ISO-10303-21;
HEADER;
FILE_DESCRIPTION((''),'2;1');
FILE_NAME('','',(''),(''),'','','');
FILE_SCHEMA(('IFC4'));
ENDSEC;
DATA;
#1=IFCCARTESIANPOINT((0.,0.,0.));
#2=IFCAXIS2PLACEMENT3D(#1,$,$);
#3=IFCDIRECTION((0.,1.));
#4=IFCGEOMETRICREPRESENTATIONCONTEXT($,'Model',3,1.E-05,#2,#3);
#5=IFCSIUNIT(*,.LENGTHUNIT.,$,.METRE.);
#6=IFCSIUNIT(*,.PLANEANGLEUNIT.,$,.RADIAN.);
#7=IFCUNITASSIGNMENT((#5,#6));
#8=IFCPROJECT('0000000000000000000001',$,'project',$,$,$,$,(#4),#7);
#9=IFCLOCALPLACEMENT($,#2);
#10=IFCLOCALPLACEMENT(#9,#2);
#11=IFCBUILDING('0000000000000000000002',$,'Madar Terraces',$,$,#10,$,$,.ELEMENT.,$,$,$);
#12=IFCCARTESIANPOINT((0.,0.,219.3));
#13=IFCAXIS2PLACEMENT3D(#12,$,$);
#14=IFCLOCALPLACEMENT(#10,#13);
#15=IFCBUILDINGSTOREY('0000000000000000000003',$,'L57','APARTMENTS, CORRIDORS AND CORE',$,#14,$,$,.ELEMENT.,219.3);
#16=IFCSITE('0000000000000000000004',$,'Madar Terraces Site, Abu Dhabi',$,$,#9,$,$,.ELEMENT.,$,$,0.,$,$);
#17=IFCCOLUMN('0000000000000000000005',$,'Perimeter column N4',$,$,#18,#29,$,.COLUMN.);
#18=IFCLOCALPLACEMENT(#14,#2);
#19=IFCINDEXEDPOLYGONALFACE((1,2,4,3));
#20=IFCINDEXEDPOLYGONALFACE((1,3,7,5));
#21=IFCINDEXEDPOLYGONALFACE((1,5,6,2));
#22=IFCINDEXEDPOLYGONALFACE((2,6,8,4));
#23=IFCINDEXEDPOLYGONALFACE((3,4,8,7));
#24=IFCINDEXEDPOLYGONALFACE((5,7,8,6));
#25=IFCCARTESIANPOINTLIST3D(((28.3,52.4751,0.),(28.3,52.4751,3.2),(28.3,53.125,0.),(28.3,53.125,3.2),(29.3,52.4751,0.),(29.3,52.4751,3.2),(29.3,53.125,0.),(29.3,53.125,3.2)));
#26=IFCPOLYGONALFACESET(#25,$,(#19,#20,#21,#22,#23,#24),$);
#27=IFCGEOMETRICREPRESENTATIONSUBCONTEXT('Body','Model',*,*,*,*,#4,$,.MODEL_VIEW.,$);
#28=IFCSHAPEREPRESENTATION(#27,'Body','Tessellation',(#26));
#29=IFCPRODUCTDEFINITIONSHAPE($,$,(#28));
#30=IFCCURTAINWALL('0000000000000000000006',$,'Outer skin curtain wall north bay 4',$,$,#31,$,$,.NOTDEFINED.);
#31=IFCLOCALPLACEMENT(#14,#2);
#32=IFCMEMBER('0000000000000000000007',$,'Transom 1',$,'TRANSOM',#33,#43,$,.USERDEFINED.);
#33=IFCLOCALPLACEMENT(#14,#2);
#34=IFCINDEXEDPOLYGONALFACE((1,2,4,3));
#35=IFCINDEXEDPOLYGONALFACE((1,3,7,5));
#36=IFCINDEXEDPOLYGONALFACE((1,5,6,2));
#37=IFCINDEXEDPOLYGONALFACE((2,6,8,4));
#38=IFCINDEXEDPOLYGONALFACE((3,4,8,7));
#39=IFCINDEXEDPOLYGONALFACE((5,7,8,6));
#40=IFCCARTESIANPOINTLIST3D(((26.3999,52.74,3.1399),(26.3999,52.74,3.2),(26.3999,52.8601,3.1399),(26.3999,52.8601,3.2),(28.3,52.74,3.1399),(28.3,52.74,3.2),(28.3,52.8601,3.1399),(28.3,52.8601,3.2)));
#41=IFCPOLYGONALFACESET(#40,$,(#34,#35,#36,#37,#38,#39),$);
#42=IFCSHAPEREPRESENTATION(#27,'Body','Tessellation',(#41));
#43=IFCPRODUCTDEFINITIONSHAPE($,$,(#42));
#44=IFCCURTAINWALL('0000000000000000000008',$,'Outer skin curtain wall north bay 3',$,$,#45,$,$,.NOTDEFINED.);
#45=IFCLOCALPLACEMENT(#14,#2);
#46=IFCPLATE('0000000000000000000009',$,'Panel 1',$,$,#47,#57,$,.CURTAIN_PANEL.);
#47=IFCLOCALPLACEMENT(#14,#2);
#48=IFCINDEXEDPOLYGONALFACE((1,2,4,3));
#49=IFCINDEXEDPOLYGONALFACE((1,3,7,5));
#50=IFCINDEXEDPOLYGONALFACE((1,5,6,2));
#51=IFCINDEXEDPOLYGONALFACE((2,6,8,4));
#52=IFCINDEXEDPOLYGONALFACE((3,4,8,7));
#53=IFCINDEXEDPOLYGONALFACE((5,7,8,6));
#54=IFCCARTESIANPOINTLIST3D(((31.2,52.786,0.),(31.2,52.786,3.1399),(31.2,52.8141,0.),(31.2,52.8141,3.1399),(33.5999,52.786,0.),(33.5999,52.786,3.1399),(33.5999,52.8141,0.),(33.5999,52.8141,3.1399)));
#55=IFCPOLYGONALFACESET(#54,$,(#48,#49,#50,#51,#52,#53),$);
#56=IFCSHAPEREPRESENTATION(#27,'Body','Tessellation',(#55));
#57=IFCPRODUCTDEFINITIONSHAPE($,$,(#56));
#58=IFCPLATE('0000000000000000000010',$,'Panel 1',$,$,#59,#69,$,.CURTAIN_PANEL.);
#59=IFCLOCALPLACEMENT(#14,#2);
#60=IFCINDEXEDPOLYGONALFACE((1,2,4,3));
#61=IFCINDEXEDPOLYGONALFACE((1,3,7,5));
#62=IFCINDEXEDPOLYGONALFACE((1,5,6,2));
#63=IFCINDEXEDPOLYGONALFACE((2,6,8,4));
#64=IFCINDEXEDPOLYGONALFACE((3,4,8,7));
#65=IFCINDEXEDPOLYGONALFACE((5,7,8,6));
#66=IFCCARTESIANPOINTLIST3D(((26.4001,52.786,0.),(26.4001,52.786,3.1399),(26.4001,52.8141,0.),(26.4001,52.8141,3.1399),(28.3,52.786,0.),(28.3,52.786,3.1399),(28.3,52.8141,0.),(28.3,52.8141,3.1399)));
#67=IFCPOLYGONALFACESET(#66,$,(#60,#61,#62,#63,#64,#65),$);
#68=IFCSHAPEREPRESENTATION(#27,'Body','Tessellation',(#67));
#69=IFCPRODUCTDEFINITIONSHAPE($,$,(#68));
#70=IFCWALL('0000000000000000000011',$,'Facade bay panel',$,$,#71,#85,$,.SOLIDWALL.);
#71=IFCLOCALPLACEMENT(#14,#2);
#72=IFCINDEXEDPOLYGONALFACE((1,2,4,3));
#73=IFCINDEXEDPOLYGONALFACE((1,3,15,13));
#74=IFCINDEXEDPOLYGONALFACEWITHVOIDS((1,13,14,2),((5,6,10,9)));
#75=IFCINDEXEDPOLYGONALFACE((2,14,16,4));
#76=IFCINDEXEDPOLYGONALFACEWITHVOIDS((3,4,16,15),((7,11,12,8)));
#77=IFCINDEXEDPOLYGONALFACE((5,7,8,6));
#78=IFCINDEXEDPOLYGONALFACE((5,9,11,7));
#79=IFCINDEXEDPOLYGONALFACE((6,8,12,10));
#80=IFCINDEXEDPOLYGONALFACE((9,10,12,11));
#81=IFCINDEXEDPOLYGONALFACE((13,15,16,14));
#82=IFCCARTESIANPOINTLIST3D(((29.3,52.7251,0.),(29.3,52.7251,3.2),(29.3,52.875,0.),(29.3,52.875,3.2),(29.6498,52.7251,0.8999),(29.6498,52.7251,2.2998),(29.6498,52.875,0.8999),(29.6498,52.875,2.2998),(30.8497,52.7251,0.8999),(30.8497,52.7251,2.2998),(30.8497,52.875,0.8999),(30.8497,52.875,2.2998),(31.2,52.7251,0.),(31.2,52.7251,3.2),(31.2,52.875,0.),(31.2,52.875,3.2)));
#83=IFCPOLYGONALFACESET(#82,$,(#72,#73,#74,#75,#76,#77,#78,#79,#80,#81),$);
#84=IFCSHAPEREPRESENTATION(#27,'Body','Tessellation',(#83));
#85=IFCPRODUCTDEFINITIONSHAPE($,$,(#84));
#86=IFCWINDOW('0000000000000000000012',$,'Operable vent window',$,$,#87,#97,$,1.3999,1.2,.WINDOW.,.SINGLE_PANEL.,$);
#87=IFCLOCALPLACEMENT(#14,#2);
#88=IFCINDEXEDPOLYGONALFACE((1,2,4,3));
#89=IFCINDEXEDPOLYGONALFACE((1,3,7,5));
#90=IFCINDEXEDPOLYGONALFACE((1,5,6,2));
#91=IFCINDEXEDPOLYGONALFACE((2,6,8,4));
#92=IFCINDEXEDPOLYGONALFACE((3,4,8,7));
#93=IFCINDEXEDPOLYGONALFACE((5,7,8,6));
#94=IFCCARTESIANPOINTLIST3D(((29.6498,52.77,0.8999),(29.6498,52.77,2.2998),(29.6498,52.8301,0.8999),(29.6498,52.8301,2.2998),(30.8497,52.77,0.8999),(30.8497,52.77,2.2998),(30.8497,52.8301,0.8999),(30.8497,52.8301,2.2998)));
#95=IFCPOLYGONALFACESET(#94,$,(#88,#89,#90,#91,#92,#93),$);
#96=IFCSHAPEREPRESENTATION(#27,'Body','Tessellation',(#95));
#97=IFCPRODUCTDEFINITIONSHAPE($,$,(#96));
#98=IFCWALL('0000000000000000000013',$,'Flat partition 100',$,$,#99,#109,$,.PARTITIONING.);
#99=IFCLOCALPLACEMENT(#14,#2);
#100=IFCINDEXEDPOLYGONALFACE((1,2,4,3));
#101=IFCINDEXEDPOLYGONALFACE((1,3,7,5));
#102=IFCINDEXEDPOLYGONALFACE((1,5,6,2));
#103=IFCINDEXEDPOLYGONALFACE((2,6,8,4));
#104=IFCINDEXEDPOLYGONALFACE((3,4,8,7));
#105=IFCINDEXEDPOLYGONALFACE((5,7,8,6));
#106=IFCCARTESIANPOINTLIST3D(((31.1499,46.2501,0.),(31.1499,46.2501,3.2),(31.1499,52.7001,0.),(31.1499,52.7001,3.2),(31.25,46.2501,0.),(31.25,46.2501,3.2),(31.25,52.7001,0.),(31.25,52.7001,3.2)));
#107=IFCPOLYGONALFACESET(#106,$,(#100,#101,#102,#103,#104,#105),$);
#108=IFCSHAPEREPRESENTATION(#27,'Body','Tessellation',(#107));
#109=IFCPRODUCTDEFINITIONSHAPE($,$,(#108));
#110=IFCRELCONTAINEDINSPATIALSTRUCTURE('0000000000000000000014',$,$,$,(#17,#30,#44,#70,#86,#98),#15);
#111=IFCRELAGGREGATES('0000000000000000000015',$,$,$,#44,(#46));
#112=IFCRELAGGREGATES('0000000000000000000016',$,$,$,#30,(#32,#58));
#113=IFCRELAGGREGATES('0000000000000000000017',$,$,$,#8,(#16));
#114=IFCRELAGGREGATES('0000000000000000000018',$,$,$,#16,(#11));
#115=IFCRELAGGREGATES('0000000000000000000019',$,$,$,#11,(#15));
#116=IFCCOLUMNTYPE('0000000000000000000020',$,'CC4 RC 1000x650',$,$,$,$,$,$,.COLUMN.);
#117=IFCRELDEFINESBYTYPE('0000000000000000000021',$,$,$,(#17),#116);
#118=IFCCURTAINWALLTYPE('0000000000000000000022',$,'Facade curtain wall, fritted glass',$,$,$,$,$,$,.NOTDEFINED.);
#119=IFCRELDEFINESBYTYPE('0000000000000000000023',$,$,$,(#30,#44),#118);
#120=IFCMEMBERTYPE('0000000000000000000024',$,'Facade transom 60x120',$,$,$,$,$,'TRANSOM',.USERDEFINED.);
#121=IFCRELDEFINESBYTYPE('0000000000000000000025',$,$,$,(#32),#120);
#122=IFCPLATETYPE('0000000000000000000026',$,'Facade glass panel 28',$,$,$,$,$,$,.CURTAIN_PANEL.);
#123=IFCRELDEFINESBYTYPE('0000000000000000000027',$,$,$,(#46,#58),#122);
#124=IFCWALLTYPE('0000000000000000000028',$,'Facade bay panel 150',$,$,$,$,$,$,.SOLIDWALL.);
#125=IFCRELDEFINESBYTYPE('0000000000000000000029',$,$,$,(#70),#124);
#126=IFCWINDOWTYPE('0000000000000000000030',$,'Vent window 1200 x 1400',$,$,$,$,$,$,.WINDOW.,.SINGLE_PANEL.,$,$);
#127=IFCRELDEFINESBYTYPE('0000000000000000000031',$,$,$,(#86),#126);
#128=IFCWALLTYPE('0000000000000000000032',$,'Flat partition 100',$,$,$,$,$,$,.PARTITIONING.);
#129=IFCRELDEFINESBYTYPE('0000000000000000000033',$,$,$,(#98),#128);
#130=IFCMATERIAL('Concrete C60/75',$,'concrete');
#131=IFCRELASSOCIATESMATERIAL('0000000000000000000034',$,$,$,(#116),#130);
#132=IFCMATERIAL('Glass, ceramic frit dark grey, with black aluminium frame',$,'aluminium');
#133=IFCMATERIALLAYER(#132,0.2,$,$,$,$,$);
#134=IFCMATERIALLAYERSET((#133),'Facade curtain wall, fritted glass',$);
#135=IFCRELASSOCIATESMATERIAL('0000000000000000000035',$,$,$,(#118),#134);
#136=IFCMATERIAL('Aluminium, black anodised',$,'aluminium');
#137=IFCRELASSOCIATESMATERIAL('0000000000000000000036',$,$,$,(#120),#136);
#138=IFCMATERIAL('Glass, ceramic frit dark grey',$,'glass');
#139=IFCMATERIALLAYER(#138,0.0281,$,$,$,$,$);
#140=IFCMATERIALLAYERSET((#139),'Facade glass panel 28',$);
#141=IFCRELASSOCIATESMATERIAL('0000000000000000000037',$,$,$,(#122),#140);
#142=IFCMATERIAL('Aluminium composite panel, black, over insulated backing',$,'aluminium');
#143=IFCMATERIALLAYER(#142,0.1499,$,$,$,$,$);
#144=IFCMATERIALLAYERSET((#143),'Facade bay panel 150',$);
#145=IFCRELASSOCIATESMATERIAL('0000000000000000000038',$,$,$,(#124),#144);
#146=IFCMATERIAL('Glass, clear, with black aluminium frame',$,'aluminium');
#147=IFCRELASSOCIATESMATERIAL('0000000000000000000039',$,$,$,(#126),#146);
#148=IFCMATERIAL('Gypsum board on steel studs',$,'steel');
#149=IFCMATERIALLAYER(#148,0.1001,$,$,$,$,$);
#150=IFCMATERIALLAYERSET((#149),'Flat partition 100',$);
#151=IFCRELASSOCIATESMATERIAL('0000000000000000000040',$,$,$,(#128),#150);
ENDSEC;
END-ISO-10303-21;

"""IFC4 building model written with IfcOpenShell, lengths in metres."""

from ifc_helpers import new_model, si_unit, direction, frame, frame_2d, origin, origin_2d, place, context, subcontext, project, spatial, rectangle, extrude, material, layer, layer_set, material_profile, profile_set, type_object, element, fill, aggregate, save


model = new_model("IFC4")

# Units and contexts
model_context = context("Model", 3, precision=1e-05, world=origin(), true_north=direction((0.0, 1.0)))
body_context = subcontext(model_context, "Body", "Model", "MODEL_VIEW")
ifc_project = project(units=[si_unit("LENGTHUNIT", "METRE"), si_unit("PLANEANGLEUNIT", "RADIAN")], contexts=[model_context])

# Site, building, storey
site_placement = place(None, origin())
site = spatial("IfcSite", under=ifc_project, at=site_placement, Name="Madar Terraces Site, Abu Dhabi", CompositionType="ELEMENT", RefElevation=0.0)
building_placement = place(site_placement, origin())
building = spatial("IfcBuilding", under=site, at=building_placement, Name="Madar Terraces", CompositionType="ELEMENT")
storey_placement = place(building_placement, frame((0.0, 0.0, 219.3)))
storey = spatial("IfcBuildingStorey", under=building, at=storey_placement, Name="L57", Description="APARTMENTS, CORRIDORS AND CORE", CompositionType="ELEMENT", Elevation=219.3)

# Column
ifc_material_1 = material(Name="Concrete C60/75", Category="concrete")
ifc_material_profile_1 = material_profile(ifc_material_1, rectangle(XDim=1.0, YDim=0.6499, at=origin_2d()), Name="CC4 RC 1000x650")
ifc_profile_set_1 = profile_set([ifc_material_profile_1], Name="Concrete C60/75")
column_type = type_object("IfcColumnType", Name="CC4 RC 1000x650", PredefinedType="COLUMN", material=ifc_profile_set_1)
column_placement = place(storey_placement, frame((28.8, 52.8, 0.0), z_axis=(0.0, 0.0, 1.0), x_axis=(1.0, 0.0, 0.0)))
element("IfcColumn", 1, at=column_placement, inside=storey, type_object=column_type, Name="Perimeter column N4", PredefinedType="COLUMN", context=body_context, shape_type="SweptSolid", body=[
    extrude(rectangle(XDim=1.0, YDim=0.6499, at=origin_2d()), origin(), (0.0, 0.0, 1.0), 3.2),
])

# Curtain wall, member
ifc_material_2 = material(Name="Glass, ceramic frit dark grey, with black aluminium frame", Category="aluminium")
ifc_layer_1 = layer(ifc_material_2, 0.2)
ifc_layer_set_1 = layer_set([ifc_layer_1], Name="Facade curtain wall, fritted glass")
curtain_wall_type = type_object("IfcCurtainWallType", Name="Facade curtain wall, fritted glass", PredefinedType="NOTDEFINED", material=ifc_layer_set_1)
curtain_wall_1_placement = place(storey_placement, origin())
curtain_wall_1 = element("IfcCurtainWall", 2, at=curtain_wall_1_placement, inside=storey, type_object=curtain_wall_type, Name="Outer skin curtain wall north bay 4", PredefinedType="NOTDEFINED")
ifc_material_3 = material(Name="Aluminium, black anodised", Category="aluminium")
ifc_material_profile_2 = material_profile(ifc_material_3, rectangle(XDim=0.1201, YDim=0.0601, at=origin_2d()), Name="Facade transom 60x120")
ifc_profile_set_2 = profile_set([ifc_material_profile_2], Name="Aluminium, black anodised")
member_type = type_object("IfcMemberType", Name="Facade transom 60x120", ElementType="TRANSOM", PredefinedType="USERDEFINED", material=ifc_profile_set_2)
member_placement = place(storey_placement, frame((28.3, 52.8, 3.1699), z_axis=(-1.0, 0.0, 0.0), x_axis=(0.0, -1.0, 0.0)))
member = element("IfcMember", 3, at=member_placement, type_object=member_type, Name="Transom 1", ObjectType="TRANSOM", PredefinedType="USERDEFINED", context=body_context, shape_type="SweptSolid", body=[
    extrude(rectangle(XDim=0.1201, YDim=0.0601, at=origin_2d()), origin(), (0.0, 0.0, 1.0), 1.9001),
])

# Curtain wall, plate
curtain_wall_2_placement = place(storey_placement, origin())
curtain_wall_2 = element("IfcCurtainWall", 4, at=curtain_wall_2_placement, inside=storey, type_object=curtain_wall_type, Name="Outer skin curtain wall north bay 3", PredefinedType="NOTDEFINED")
ifc_material_4 = material(Name="Glass, ceramic frit dark grey", Category="glass")
ifc_layer_2 = layer(ifc_material_4, 0.0281)
ifc_layer_set_2 = layer_set([ifc_layer_2], Name="Facade glass panel 28")
plate_type = type_object("IfcPlateType", Name="Facade glass panel 28", PredefinedType="CURTAIN_PANEL", material=ifc_layer_set_2)
plate_1_placement = place(storey_placement, frame((32.3999, 52.8, 0.0), z_axis=(0.0, 0.0, 1.0), x_axis=(-1.0, 0.0, 0.0)))
plate_1 = element("IfcPlate", 5, at=plate_1_placement, type_object=plate_type, Name="Panel 1", PredefinedType="CURTAIN_PANEL", context=body_context, shape_type="SweptSolid", body=[
    extrude(rectangle(XDim=2.3999, YDim=0.0281, at=origin_2d()), origin(), (0.0, 0.0, 1.0), 3.1399),
])
aggregate(curtain_wall_2, [plate_1])

# Plate
plate_2_placement = place(storey_placement, frame((27.3501, 52.8, 0.0), z_axis=(0.0, 0.0, 1.0), x_axis=(-1.0, 0.0, 0.0)))
plate_2 = element("IfcPlate", 6, at=plate_2_placement, type_object=plate_type, Name="Panel 1", PredefinedType="CURTAIN_PANEL", context=body_context, shape_type="SweptSolid", body=[
    extrude(rectangle(XDim=1.8999, YDim=0.0281, at=origin_2d()), origin(), (0.0, 0.0, 1.0), 3.1399),
])
aggregate(curtain_wall_1, [member, plate_2])

# Wall, opening, window
ifc_material_5 = material(Name="Aluminium composite panel, black, over insulated backing", Category="aluminium")
ifc_layer_3 = layer(ifc_material_5, 0.1499)
ifc_layer_set_3 = layer_set([ifc_layer_3], Name="Facade bay panel 150")
wall_type_1 = type_object("IfcWallType", Name="Facade bay panel 150", PredefinedType="SOLIDWALL", material=ifc_layer_set_3)
wall_1_placement = place(storey_placement, frame((31.2, 52.8, 0.0), z_axis=(0.0, 0.0, 1.0), x_axis=(-1.0, 0.0, 0.0)))
wall_1 = element("IfcWall", 7, at=wall_1_placement, inside=storey, type_object=wall_type_1, Name="Facade bay panel", PredefinedType="SOLIDWALL", context=body_context, shape_type="SweptSolid", body=[
    extrude(rectangle(XDim=1.8999, YDim=0.1499, at=frame_2d((0.95, 0.0))), origin(), (0.0, 0.0, 1.0), 3.2),
])
opening_1_placement = place(wall_1_placement, frame((0.3501, 0.0, 0.8999)))
opening_1 = element("IfcOpeningElement", 8, at=opening_1_placement, cuts=wall_1, PredefinedType="OPENING", context=body_context, shape_type="SweptSolid", body=[
    extrude(rectangle(XDim=1.2, YDim=1.3999, at=frame_2d((0.6001, 0.7))), frame((0.0, 0.085, 0.0), z_axis=(0.0, -1.0, 0.0), x_axis=(1.0, 0.0, 0.0)), (0.0, 0.0, 1.0), 0.1699),
])
ifc_material_6 = material(Name="Glass, clear, with black aluminium frame", Category="aluminium")
window_type = type_object("IfcWindowType", Name="Vent window 1200 x 1400", PartitioningType="SINGLE_PANEL", PredefinedType="WINDOW", material=ifc_material_6)
window_placement = place(opening_1_placement, origin())
window = element("IfcWindow", 9, at=window_placement, inside=storey, type_object=window_type, Name="Operable vent window", OverallHeight=1.3999, OverallWidth=1.2, PartitioningType="SINGLE_PANEL", PredefinedType="WINDOW", context=body_context, shape_type="SweptSolid", body=[
    extrude(rectangle(XDim=1.2, YDim=1.3999, at=frame_2d((0.6001, 0.7))), frame((0.0, 0.03, 0.0), z_axis=(0.0, -1.0, 0.0), x_axis=(1.0, 0.0, 0.0)), (0.0, 0.0, 1.0), 0.0601),
])
fill(opening_1, window)

# Wall
ifc_material_7 = material(Name="Gypsum board on steel studs", Category="steel")
ifc_layer_4 = layer(ifc_material_7, 0.1001)
ifc_layer_set_4 = layer_set([ifc_layer_4], Name="Flat partition 100")
wall_type_2 = type_object("IfcWallType", Name="Flat partition 100", PredefinedType="PARTITIONING", material=ifc_layer_set_4)
wall_2_placement = place(storey_placement, frame((31.2, 46.25, 0.0), z_axis=(0.0, 0.0, 1.0), x_axis=(0.0, 1.0, 0.0)))
element("IfcWall", 10, at=wall_2_placement, inside=storey, type_object=wall_type_2, Name="Flat partition 100", PredefinedType="PARTITIONING", context=body_context, shape_type="SweptSolid", body=[
    extrude(rectangle(XDim=6.45, YDim=0.1001, at=frame_2d((3.2251, 0.0))), origin(), (0.0, 0.0, 1.0), 3.2),
])

save(model, "model.ifc")
